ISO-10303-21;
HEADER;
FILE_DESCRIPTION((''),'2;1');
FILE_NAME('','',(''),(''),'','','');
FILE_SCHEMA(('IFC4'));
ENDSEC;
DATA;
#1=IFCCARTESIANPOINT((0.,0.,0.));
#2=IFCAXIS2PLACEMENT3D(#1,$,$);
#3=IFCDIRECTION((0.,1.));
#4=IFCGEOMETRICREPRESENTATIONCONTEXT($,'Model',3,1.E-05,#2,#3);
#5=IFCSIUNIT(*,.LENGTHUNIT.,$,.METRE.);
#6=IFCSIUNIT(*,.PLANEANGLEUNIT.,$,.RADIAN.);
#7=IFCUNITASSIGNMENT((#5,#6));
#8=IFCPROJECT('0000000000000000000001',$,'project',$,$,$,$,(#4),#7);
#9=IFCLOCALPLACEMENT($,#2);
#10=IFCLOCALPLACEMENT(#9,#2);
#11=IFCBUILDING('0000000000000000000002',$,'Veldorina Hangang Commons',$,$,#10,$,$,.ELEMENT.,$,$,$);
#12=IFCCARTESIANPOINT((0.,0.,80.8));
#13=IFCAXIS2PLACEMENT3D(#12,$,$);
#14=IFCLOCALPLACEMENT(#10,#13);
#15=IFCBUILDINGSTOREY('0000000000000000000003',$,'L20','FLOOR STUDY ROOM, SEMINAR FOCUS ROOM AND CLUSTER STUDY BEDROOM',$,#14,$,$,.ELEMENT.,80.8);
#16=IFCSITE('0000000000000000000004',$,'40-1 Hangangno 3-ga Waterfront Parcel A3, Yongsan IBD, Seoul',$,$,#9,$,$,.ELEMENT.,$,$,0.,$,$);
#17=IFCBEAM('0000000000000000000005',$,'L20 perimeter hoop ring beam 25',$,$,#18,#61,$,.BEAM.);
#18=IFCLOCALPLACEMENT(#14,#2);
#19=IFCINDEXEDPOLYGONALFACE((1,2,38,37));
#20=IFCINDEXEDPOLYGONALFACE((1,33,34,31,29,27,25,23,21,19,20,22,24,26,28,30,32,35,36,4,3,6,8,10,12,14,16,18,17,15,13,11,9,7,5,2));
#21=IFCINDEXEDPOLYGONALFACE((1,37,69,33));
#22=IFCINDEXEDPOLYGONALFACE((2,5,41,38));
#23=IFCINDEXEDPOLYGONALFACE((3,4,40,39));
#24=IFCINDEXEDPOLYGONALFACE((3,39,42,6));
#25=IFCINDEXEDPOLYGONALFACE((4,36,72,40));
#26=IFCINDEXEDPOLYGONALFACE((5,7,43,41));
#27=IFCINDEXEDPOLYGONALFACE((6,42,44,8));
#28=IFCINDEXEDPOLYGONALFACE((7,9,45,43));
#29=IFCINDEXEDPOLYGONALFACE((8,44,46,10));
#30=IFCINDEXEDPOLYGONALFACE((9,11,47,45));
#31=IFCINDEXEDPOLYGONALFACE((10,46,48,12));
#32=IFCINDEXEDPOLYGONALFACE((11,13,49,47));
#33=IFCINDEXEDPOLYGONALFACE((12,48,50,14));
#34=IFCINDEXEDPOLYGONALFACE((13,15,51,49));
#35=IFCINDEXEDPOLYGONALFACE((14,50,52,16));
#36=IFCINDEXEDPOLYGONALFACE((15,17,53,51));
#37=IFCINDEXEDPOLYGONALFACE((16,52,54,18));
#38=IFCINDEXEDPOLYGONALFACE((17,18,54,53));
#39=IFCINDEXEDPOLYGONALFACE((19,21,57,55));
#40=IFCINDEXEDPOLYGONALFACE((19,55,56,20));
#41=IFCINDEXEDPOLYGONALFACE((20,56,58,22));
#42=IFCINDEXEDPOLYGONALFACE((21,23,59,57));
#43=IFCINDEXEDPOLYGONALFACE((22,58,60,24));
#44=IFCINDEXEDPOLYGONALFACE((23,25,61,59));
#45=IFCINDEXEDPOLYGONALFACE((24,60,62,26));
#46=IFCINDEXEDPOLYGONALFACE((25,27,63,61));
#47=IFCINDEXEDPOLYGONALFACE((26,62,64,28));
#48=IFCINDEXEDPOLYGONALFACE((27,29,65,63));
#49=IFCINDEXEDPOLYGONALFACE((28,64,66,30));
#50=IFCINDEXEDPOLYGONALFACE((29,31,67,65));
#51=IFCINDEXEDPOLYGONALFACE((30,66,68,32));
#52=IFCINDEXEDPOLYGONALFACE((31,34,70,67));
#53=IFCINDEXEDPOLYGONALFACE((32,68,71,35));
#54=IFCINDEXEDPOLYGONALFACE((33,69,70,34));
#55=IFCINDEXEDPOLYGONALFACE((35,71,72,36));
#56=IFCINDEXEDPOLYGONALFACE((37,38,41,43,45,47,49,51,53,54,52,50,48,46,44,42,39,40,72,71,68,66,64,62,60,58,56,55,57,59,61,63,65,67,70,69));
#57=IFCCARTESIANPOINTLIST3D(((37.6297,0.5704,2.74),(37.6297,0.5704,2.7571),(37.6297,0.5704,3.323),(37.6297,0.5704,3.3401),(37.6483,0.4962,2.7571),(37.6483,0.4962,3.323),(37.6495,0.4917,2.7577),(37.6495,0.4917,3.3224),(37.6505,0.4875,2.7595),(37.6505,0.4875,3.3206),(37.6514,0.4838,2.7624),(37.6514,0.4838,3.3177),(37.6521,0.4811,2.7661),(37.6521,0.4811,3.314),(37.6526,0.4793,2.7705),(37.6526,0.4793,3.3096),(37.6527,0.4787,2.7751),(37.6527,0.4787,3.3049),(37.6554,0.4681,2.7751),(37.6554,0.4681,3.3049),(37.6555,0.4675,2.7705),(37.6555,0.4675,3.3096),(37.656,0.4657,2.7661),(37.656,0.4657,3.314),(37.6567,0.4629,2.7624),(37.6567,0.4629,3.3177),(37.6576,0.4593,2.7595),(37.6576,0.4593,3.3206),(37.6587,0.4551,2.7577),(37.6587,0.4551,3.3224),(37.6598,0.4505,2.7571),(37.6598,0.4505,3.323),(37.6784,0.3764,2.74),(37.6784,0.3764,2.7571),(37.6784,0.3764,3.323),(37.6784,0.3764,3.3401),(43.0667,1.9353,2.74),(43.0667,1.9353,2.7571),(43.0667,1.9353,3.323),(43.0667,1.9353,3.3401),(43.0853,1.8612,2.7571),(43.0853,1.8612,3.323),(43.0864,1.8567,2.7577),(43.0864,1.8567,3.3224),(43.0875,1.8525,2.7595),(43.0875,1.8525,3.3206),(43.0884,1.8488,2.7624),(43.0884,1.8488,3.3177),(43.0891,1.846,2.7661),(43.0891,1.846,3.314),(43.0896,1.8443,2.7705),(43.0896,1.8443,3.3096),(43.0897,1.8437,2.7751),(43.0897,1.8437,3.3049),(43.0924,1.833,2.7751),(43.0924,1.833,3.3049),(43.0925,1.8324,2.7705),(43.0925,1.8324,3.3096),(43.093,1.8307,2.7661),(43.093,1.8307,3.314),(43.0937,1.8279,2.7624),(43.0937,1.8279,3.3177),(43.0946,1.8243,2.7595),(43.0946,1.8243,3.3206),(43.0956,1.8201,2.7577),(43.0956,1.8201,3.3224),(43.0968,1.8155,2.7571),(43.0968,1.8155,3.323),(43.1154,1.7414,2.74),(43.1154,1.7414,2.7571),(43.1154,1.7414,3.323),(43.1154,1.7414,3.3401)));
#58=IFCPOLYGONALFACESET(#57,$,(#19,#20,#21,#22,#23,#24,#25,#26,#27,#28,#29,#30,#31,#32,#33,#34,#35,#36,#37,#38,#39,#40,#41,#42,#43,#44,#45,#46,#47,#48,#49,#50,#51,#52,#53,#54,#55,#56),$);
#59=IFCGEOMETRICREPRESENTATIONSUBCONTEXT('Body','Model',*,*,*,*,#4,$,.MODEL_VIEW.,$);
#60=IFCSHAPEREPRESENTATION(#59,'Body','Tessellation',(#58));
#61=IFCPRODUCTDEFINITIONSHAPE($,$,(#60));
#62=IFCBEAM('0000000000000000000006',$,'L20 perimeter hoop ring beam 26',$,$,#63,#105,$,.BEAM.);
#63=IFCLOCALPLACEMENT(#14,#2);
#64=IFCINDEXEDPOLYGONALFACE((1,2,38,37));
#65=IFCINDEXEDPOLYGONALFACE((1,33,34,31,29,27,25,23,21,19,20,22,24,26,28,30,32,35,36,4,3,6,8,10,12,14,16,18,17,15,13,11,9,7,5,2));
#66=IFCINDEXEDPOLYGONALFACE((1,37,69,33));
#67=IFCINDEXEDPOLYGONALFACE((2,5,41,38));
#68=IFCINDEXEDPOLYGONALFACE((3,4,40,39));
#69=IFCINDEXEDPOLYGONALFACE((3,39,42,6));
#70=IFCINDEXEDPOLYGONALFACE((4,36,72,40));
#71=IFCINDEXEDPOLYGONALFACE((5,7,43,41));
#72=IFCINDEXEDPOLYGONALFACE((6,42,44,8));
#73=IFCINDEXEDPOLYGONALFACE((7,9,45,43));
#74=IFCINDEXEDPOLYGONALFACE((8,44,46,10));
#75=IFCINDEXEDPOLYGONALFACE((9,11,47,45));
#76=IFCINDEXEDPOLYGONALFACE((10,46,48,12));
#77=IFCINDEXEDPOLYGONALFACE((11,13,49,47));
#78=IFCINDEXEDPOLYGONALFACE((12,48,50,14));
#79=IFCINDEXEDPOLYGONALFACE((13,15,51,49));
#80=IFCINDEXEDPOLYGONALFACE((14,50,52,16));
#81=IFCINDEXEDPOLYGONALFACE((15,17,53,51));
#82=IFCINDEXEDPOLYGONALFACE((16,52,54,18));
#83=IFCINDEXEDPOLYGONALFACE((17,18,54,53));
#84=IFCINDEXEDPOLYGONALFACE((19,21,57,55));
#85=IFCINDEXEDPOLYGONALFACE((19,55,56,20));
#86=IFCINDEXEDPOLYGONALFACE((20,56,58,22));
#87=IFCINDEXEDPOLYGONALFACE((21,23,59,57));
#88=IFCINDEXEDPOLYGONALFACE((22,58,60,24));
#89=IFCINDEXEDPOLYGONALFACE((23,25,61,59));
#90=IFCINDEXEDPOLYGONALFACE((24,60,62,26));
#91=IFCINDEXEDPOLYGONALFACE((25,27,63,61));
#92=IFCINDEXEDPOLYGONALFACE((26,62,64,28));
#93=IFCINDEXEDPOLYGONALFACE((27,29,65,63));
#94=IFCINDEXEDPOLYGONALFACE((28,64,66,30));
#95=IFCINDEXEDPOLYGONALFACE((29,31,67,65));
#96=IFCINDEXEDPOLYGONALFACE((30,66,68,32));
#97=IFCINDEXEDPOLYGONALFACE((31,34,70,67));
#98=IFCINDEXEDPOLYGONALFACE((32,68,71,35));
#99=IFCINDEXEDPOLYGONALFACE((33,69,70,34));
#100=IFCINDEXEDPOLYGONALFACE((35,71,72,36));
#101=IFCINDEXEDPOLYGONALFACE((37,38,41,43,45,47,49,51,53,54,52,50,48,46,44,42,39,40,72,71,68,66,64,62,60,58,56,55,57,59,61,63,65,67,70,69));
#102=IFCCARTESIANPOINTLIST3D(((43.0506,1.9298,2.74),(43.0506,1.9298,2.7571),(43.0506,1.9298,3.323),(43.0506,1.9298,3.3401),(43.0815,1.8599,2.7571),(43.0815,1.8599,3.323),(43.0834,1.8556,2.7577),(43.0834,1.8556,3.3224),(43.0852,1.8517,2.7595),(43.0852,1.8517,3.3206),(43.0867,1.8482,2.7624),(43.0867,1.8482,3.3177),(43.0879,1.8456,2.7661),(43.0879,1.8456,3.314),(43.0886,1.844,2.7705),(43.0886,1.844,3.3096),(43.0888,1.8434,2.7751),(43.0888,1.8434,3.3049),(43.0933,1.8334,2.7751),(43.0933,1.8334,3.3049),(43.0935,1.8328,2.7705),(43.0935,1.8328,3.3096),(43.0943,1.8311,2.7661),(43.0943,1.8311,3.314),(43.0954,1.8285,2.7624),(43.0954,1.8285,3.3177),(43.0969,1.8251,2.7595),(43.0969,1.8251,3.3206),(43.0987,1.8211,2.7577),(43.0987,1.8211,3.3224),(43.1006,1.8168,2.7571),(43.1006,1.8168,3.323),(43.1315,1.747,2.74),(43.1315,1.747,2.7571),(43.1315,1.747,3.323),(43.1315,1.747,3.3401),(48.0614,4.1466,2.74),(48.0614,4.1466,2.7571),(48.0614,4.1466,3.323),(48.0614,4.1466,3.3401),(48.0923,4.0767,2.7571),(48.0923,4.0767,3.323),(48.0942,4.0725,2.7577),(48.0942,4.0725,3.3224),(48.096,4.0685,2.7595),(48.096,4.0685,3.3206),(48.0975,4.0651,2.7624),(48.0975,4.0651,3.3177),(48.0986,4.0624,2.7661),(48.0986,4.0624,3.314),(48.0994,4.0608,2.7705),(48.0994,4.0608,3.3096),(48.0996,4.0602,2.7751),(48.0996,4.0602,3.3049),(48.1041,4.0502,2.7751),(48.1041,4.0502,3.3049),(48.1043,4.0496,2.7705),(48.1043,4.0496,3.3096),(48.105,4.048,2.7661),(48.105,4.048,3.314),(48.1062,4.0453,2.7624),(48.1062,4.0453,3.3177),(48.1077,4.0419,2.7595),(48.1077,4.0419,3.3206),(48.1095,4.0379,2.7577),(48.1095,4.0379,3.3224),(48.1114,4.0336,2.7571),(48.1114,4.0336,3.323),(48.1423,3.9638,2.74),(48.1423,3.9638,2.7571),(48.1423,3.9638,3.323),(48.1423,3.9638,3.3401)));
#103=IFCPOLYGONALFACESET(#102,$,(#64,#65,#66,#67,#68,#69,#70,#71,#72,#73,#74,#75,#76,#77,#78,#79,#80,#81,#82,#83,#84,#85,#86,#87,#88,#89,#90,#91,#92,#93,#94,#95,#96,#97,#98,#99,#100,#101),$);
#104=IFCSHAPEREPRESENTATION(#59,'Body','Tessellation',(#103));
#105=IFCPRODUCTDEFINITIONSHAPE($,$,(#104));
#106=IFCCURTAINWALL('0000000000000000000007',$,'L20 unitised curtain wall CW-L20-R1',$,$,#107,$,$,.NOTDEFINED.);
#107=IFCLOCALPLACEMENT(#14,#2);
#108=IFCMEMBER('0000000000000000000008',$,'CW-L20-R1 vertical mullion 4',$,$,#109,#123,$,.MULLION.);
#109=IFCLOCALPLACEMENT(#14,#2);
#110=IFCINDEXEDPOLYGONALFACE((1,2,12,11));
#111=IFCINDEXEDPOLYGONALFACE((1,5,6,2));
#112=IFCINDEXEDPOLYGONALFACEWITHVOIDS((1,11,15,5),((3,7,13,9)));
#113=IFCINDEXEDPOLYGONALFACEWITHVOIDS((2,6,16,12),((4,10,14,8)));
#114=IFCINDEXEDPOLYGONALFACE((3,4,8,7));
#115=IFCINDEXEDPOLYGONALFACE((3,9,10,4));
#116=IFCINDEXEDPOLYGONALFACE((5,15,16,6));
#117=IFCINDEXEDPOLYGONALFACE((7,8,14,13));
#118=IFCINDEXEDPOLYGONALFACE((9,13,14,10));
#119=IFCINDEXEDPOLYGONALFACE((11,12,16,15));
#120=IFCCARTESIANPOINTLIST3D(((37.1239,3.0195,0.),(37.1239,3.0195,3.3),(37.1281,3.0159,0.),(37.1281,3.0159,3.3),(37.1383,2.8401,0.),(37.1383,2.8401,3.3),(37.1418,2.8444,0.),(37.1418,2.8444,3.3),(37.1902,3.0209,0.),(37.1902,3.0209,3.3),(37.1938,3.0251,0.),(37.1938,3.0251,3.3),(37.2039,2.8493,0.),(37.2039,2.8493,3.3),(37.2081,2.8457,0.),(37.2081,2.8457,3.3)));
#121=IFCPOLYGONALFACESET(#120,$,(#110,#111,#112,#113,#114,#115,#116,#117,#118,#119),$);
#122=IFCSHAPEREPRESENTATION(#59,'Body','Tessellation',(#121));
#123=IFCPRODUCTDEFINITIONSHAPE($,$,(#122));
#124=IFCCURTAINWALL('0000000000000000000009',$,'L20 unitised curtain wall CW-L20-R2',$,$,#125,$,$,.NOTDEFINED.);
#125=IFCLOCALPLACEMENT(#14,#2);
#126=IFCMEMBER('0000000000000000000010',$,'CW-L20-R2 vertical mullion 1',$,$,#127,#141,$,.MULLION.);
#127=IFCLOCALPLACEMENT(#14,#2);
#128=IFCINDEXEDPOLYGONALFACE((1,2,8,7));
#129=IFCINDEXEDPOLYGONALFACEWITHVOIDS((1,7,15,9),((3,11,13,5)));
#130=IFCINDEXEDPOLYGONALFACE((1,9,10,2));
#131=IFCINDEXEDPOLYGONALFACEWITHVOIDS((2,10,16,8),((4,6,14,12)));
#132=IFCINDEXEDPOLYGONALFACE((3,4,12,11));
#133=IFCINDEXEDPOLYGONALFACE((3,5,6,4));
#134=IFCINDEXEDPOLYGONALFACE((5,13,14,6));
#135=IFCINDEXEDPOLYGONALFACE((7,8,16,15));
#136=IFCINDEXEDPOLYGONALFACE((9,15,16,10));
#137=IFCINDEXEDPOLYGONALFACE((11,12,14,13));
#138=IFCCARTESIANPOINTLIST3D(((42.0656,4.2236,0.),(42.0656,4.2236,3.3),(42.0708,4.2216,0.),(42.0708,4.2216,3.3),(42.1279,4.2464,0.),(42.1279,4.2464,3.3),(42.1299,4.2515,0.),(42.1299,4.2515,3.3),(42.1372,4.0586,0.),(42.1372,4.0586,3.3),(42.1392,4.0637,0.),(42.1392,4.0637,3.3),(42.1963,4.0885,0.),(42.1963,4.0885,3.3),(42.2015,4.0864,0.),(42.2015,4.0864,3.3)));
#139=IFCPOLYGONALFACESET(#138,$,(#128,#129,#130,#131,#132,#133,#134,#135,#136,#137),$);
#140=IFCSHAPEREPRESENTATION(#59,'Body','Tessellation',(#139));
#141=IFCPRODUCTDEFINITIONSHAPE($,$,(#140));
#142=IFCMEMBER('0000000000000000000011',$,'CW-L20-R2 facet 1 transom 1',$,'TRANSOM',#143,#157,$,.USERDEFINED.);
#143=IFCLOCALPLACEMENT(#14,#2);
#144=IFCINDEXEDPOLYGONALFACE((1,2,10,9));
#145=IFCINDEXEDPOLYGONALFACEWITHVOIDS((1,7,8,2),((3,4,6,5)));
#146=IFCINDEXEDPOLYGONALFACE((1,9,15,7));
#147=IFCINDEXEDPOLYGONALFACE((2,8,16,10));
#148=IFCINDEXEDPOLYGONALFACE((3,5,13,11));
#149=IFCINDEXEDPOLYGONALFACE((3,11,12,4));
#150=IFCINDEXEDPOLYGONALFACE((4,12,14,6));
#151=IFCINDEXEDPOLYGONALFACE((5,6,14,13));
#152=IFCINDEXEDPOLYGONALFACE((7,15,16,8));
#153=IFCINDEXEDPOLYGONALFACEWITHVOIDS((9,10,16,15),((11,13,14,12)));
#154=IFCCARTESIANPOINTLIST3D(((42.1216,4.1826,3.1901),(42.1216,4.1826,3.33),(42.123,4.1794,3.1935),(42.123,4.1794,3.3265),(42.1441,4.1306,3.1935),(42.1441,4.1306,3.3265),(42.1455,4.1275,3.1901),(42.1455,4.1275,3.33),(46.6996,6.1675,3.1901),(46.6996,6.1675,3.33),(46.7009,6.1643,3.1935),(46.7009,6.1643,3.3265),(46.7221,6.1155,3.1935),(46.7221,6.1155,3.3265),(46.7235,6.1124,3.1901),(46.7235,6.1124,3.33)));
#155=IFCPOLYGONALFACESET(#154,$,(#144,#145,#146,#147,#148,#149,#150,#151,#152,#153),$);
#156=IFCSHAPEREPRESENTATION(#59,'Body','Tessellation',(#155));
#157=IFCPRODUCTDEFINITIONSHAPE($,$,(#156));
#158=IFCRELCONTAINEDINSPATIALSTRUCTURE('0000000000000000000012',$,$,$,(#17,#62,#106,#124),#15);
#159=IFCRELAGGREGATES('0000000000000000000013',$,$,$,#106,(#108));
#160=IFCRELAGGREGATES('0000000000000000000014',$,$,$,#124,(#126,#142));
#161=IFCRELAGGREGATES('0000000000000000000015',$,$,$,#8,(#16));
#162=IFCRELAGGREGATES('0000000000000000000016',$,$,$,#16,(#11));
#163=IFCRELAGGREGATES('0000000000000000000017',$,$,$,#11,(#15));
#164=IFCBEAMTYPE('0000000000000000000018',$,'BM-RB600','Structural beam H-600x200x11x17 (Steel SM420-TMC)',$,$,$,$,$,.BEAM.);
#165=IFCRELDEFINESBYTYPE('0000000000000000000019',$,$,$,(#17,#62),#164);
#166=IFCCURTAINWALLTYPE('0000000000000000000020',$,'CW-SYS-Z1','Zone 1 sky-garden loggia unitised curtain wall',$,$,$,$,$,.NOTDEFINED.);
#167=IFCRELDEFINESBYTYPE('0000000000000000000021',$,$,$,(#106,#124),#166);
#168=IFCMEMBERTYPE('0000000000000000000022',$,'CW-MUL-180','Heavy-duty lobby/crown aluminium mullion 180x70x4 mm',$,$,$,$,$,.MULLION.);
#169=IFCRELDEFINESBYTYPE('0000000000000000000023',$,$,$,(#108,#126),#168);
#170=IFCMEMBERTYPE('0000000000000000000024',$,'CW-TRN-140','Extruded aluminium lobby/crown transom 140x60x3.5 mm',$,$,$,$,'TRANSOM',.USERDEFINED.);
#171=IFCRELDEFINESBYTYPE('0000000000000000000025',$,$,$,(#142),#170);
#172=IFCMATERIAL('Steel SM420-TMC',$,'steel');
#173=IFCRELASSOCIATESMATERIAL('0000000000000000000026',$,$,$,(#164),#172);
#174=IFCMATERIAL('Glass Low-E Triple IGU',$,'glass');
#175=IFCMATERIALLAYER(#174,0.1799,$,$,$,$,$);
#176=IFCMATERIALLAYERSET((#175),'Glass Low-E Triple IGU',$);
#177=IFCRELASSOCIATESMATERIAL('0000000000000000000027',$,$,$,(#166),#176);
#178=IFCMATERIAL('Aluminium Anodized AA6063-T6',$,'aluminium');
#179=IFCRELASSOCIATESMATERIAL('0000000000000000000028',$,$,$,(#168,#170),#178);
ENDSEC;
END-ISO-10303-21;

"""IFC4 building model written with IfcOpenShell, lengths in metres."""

from ifc_helpers import new_model, si_unit, direction, frame, origin, origin_2d, place, context, subcontext, project, spatial, hollow_rectangle, i_section, extrude, material, layer, layer_set, material_profile, profile_set, type_object, element, aggregate, save


model = new_model("IFC4")

# Units and contexts
model_context = context("Model", 3, precision=1e-05, world=origin(), true_north=direction((0.0, 1.0)))
body_context = subcontext(model_context, "Body", "Model", "MODEL_VIEW")
ifc_project = project(units=[si_unit("LENGTHUNIT", "METRE"), si_unit("PLANEANGLEUNIT", "RADIAN")], contexts=[model_context])

# Site, building, storey
site_placement = place(None, origin())
site = spatial("IfcSite", under=ifc_project, at=site_placement, Name="40-1 Hangangno 3-ga Waterfront Parcel A3, Yongsan IBD, Seoul", CompositionType="ELEMENT", RefElevation=0.0)
building_placement = place(site_placement, origin())
building = spatial("IfcBuilding", under=site, at=building_placement, Name="Veldorina Hangang Commons", CompositionType="ELEMENT")
storey_placement = place(building_placement, frame((0.0, 0.0, 80.8)))
storey = spatial("IfcBuildingStorey", under=building, at=storey_placement, Name="L20", Description="FLOOR STUDY ROOM, SEMINAR FOCUS ROOM AND CLUSTER STUDY BEDROOM", CompositionType="ELEMENT", Elevation=80.8)

# Beams
ifc_material_1 = material(Name="Steel SM420-TMC", Category="steel")
ifc_material_profile_1 = material_profile(ifc_material_1, i_section(OverallWidth=0.2, OverallDepth=0.6001, WebThickness=0.011, FlangeThickness=0.0171, FilletRadius=0.0181, at=origin_2d()), Name="H-600x200x11x17")
ifc_profile_set_1 = profile_set([ifc_material_profile_1], Name="Steel SM420-TMC")
beam_type = type_object("IfcBeamType", Name="BM-RB600", Description="Structural beam H-600x200x11x17 (Steel SM420-TMC)", PredefinedType="BEAM", material=ifc_profile_set_1)
beam_1_placement = place(storey_placement, frame((37.6541, 0.4734, 3.04), z_axis=(0.969901, 0.243499, 0.0), x_axis=(-0.243499, 0.969901, 0.0)))
element("IfcBeam", 1, at=beam_1_placement, inside=storey, type_object=beam_type, Name="L20 perimeter hoop ring beam 25", PredefinedType="BEAM", context=body_context, shape_type="SweptSolid", body=[
    extrude(i_section(OverallWidth=0.2, OverallDepth=0.6001, WebThickness=0.011, FlangeThickness=0.0171, FilletRadius=0.0181, at=origin_2d()), origin(), (0.0, 0.0, 1.0), 5.6057),
])
beam_2_placement = place(storey_placement, frame((43.0911, 1.8384, 3.04), z_axis=(0.914501, 0.404583, 0.0), x_axis=(-0.404583, 0.914501, 0.0)))
element("IfcBeam", 2, at=beam_2_placement, inside=storey, type_object=beam_type, Name="L20 perimeter hoop ring beam 26", PredefinedType="BEAM", context=body_context, shape_type="SweptSolid", body=[
    extrude(i_section(OverallWidth=0.2, OverallDepth=0.6001, WebThickness=0.011, FlangeThickness=0.0171, FilletRadius=0.0181, at=origin_2d()), origin(), (0.0, 0.0, 1.0), 5.4792),
])

# Curtain wall, member
ifc_material_2 = material(Name="Glass Low-E Triple IGU", Category="glass")
ifc_layer_1 = layer(ifc_material_2, 0.1799)
ifc_layer_set_1 = layer_set([ifc_layer_1], Name="Glass Low-E Triple IGU")
curtain_wall_type = type_object("IfcCurtainWallType", Name="CW-SYS-Z1", Description="Zone 1 sky-garden loggia unitised curtain wall", PredefinedType="NOTDEFINED", material=ifc_layer_set_1)
curtain_wall_1_placement = place(storey_placement, origin())
curtain_wall_1 = element("IfcCurtainWall", 3, at=curtain_wall_1_placement, inside=storey, type_object=curtain_wall_type, Name="L20 unitised curtain wall CW-L20-R1", PredefinedType="NOTDEFINED")
ifc_material_3 = material(Name="Aluminium Anodized AA6063-T6", Category="aluminium")
ifc_material_profile_2 = material_profile(ifc_material_3, hollow_rectangle(XDim=0.0701, YDim=0.1799, WallThickness=0.0039, at=origin_2d()), Name="ALU-RHS-180x70x4")
ifc_profile_set_2 = profile_set([ifc_material_profile_2], Name="Aluminium Anodized AA6063-T6")
member_type_1 = type_object("IfcMemberType", Name="CW-MUL-180", Description="Heavy-duty lobby/crown aluminium mullion 180x70x4 mm", PredefinedType="MULLION", material=ifc_profile_set_2)
member_1_placement = place(storey_placement, frame((37.166, 2.9326, 0.0), z_axis=(0.0, 0.0, 1.0), x_axis=(-0.996824, -0.079642, 0.0)))
member_1 = element("IfcMember", 4, at=member_1_placement, type_object=member_type_1, Name="CW-L20-R1 vertical mullion 4", PredefinedType="MULLION", context=body_context, shape_type="SweptSolid", body=[
    extrude(hollow_rectangle(XDim=0.0701, YDim=0.1799, WallThickness=0.0039, at=origin_2d()), origin(), (0.0, 0.0, 1.0), 3.3),
])

# Curtain wall, members
curtain_wall_2_placement = place(storey_placement, origin())
curtain_wall_2 = element("IfcCurtainWall", 5, at=curtain_wall_2_placement, inside=storey, type_object=curtain_wall_type, Name="L20 unitised curtain wall CW-L20-R2", PredefinedType="NOTDEFINED")
member_2_placement = place(storey_placement, frame((42.1335, 4.155, 0.0), z_axis=(0.0, 0.0, 1.0), x_axis=(0.917477, 0.397789, 0.0)))
member_2 = element("IfcMember", 6, at=member_2_placement, type_object=member_type_1, Name="CW-L20-R2 vertical mullion 1", PredefinedType="MULLION", context=body_context, shape_type="SweptSolid", body=[
    extrude(hollow_rectangle(XDim=0.0701, YDim=0.1799, WallThickness=0.0039, at=origin_2d()), origin(), (0.0, 0.0, 1.0), 3.3),
])
ifc_material_profile_3 = material_profile(ifc_material_3, hollow_rectangle(XDim=0.0601, YDim=0.1399, WallThickness=0.0034, at=origin_2d()), Name="ALU-RHS-140x60x3.5")
ifc_profile_set_3 = profile_set([ifc_material_profile_3], Name="Aluminium Anodized AA6063-T6")
member_type_2 = type_object("IfcMemberType", Name="CW-TRN-140", Description="Extruded aluminium lobby/crown transom 140x60x3.5 mm", ElementType="TRANSOM", PredefinedType="USERDEFINED", material=ifc_profile_set_3)
member_3_placement = place(storey_placement, frame((42.1335, 4.155, 3.26), z_axis=(0.917474, 0.397796, 0.0), x_axis=(-0.397796, 0.917474, 0.0)))
member_3 = element("IfcMember", 7, at=member_3_placement, type_object=member_type_2, Name="CW-L20-R2 facet 1 transom 1", ObjectType="TRANSOM", PredefinedType="USERDEFINED", context=body_context, shape_type="SweptSolid", body=[
    extrude(hollow_rectangle(XDim=0.0601, YDim=0.1399, WallThickness=0.0034, at=origin_2d()), origin(), (0.0, 0.0, 1.0), 4.9897),
])

aggregate(curtain_wall_1, [member_1])
aggregate(curtain_wall_2, [member_2, member_3])

save(model, "model.ifc")
